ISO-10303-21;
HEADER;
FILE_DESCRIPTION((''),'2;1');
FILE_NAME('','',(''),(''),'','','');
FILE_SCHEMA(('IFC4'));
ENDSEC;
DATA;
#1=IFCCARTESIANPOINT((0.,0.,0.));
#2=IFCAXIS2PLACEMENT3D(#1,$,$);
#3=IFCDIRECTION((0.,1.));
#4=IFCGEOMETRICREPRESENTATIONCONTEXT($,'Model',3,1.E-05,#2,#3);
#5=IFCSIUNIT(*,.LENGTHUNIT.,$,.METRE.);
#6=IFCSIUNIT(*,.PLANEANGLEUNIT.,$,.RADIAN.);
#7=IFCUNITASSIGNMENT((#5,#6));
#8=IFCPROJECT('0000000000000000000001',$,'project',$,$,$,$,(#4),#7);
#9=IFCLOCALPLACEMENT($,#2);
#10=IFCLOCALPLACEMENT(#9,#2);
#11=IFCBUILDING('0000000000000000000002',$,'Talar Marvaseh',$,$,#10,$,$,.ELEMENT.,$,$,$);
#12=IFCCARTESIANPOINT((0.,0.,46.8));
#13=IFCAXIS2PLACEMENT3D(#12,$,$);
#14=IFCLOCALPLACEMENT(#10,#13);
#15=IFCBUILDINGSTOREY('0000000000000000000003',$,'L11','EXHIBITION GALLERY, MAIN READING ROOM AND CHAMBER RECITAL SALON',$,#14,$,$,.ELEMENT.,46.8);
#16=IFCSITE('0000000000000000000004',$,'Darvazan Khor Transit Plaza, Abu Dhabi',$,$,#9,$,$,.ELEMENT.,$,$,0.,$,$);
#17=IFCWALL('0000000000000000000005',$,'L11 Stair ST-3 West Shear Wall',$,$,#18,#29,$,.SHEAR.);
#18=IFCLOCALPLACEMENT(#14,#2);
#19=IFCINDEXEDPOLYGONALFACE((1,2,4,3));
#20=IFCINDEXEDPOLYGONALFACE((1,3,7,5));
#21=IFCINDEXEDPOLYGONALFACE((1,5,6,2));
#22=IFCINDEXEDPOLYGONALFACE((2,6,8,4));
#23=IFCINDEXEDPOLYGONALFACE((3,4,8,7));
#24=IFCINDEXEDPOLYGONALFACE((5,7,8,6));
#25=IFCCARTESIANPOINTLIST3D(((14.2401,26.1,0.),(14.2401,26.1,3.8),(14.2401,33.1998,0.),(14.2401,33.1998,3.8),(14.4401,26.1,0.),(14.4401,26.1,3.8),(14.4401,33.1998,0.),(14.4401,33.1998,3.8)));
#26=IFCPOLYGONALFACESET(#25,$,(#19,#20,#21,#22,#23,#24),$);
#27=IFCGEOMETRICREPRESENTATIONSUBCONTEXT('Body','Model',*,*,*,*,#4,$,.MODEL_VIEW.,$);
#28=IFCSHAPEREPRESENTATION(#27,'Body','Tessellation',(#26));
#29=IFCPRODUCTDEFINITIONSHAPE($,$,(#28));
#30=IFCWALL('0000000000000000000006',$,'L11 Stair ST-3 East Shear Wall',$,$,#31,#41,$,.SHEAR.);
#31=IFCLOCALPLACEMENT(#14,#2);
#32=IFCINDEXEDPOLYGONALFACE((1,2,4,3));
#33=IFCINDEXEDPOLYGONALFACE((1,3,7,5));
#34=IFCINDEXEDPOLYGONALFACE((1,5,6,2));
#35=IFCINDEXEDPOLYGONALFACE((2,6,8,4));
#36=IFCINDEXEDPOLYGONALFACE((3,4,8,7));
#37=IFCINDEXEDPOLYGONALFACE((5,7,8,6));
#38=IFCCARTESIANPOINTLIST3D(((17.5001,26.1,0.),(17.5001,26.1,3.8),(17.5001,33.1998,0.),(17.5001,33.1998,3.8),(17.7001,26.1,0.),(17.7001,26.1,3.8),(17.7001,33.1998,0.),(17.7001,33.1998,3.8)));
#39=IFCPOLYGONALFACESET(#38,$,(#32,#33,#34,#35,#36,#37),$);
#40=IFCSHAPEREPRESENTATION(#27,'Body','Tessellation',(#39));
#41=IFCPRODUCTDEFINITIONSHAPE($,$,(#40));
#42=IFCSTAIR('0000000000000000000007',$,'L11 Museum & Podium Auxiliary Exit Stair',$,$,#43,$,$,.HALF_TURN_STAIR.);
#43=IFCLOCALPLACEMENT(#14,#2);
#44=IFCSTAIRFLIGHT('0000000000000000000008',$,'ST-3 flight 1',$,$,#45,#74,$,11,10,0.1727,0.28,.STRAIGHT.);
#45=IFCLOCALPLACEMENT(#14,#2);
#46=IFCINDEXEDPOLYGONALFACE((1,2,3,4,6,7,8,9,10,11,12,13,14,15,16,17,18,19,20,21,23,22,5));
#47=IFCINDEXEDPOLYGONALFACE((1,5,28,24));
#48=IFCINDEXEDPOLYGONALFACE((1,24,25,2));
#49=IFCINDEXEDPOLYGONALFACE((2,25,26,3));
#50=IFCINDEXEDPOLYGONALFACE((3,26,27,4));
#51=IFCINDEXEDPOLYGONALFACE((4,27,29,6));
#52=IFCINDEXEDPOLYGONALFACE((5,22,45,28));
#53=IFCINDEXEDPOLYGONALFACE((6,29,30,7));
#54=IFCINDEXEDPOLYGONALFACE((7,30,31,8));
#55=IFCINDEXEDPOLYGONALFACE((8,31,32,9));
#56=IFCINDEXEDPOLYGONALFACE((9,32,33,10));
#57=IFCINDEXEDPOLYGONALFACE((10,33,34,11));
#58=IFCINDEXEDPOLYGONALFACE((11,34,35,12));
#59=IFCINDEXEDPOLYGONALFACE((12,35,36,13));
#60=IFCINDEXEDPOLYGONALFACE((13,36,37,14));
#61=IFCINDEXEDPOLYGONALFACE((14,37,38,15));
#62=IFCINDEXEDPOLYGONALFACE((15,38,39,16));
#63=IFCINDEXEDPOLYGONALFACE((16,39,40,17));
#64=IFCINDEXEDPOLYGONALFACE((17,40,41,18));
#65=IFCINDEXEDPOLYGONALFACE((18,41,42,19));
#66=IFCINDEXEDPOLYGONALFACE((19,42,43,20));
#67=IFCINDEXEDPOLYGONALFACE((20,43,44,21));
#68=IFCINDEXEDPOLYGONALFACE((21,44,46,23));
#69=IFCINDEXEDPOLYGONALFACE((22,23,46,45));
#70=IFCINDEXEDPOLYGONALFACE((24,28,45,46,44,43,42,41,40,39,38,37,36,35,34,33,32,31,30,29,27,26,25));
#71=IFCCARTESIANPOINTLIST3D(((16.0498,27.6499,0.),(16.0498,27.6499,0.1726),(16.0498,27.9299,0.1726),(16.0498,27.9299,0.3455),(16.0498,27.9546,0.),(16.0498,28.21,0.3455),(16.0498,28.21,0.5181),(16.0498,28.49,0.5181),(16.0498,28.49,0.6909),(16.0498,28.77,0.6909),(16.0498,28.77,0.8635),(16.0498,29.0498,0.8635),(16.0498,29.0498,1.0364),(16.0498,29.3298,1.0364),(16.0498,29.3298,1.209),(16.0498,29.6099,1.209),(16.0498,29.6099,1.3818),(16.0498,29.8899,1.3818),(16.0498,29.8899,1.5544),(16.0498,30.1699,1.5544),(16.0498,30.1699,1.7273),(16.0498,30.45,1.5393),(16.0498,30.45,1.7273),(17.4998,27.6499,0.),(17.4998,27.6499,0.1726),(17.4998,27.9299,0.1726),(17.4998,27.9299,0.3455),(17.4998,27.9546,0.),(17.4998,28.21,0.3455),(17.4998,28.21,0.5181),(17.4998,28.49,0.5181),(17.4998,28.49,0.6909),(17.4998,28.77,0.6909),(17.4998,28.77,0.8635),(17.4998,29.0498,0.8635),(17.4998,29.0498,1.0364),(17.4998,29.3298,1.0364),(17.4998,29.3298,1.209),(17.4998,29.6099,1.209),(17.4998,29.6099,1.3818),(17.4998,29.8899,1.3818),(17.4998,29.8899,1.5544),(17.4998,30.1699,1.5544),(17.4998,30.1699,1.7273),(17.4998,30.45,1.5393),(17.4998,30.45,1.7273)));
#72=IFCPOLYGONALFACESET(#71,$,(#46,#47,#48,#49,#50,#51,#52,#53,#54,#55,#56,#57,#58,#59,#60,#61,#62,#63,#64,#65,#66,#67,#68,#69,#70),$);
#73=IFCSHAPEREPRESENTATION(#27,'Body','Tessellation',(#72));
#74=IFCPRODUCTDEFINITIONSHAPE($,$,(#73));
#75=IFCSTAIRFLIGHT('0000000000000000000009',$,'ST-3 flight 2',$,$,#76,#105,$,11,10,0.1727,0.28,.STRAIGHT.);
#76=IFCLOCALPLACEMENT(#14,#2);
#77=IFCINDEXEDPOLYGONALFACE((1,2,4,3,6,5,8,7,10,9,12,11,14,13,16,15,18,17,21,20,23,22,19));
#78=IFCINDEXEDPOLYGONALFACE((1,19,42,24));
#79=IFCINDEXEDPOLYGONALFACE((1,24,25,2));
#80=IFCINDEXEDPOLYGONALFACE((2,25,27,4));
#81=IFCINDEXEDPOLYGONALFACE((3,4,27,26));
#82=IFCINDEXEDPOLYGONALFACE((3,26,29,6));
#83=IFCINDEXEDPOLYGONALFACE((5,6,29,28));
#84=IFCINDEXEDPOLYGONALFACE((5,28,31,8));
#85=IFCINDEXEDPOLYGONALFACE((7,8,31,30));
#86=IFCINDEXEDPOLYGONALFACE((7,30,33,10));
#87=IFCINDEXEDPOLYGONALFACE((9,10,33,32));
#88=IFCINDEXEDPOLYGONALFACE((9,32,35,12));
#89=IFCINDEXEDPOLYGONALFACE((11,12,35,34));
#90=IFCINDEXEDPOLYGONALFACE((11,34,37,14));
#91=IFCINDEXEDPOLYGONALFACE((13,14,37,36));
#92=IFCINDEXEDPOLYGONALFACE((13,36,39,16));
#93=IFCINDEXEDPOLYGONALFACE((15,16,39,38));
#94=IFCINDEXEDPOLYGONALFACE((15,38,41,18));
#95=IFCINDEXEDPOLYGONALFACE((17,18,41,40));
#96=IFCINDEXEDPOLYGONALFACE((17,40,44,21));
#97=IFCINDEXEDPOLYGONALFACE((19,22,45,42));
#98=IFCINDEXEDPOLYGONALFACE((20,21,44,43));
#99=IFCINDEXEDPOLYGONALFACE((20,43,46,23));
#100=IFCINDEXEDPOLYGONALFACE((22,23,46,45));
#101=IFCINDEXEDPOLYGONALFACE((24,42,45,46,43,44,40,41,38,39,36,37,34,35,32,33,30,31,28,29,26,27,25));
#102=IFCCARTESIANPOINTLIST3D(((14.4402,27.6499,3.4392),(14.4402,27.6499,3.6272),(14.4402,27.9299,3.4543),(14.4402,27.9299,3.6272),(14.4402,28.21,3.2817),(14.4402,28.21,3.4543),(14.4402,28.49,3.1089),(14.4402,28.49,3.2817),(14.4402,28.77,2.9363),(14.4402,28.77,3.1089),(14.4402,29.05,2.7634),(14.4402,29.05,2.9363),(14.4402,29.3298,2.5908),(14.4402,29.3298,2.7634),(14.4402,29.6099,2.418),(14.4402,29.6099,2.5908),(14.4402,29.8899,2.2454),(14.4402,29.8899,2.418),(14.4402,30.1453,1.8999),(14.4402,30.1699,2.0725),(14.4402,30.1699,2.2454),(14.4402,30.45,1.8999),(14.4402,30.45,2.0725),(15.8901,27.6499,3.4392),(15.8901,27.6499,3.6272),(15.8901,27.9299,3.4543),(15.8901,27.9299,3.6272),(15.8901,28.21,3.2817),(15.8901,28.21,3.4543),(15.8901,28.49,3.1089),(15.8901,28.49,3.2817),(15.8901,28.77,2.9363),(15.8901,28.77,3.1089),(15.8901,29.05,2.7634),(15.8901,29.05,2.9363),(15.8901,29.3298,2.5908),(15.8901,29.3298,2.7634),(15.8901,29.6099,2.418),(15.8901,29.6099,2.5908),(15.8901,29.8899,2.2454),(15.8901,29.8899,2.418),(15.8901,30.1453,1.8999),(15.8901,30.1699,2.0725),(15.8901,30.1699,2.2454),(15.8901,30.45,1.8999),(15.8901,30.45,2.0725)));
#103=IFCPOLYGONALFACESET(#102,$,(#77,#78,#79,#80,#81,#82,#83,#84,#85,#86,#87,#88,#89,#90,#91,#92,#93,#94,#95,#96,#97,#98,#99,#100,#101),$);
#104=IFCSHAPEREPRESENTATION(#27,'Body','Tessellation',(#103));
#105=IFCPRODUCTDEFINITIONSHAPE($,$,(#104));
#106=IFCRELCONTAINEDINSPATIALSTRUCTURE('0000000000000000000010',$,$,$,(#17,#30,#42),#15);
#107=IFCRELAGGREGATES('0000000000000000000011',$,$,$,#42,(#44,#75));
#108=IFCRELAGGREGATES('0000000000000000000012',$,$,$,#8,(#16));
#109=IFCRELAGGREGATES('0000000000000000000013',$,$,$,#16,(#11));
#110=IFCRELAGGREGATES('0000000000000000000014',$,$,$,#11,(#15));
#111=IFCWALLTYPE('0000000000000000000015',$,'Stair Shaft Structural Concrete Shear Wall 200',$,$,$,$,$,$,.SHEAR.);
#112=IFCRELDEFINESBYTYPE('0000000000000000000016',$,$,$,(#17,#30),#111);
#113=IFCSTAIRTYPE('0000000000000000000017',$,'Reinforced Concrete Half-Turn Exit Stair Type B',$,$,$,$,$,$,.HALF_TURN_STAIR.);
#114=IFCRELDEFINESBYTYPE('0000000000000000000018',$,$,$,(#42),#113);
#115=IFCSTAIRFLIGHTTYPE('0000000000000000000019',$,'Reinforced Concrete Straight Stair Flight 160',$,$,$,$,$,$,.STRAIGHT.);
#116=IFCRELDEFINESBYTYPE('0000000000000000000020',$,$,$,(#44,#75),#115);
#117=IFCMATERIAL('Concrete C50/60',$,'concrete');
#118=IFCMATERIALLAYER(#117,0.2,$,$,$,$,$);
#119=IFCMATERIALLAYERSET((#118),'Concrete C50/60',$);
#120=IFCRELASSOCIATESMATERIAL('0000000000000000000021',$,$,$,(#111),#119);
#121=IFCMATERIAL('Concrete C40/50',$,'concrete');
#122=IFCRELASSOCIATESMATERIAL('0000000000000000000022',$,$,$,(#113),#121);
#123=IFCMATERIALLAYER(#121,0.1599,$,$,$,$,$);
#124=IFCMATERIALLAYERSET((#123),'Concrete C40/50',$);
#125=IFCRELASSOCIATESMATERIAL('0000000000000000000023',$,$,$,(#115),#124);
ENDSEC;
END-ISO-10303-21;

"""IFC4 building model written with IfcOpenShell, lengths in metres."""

from ifc_helpers import new_model, si_unit, direction, frame, frame_2d, origin, place, context, subcontext, project, spatial, polyline, rectangle, outline, extrude, material, layer, layer_set, type_object, element, aggregate, save


model = new_model("IFC4")

# Units and contexts
model_context = context("Model", 3, precision=1e-05, world=origin(), true_north=direction((0.0, 1.0)))
body_context = subcontext(model_context, "Body", "Model", "MODEL_VIEW")
ifc_project = project(units=[si_unit("LENGTHUNIT", "METRE"), si_unit("PLANEANGLEUNIT", "RADIAN")], contexts=[model_context])

# Site, building, storey
site_placement = place(None, origin())
site = spatial("IfcSite", under=ifc_project, at=site_placement, Name="Darvazan Khor Transit Plaza, Abu Dhabi", CompositionType="ELEMENT", RefElevation=0.0)
building_placement = place(site_placement, origin())
building = spatial("IfcBuilding", under=site, at=building_placement, Name="Talar Marvaseh", CompositionType="ELEMENT")
storey_placement = place(building_placement, frame((0.0, 0.0, 46.8)))
storey = spatial("IfcBuildingStorey", under=building, at=storey_placement, Name="L11", Description="EXHIBITION GALLERY, MAIN READING ROOM AND CHAMBER RECITAL SALON", CompositionType="ELEMENT", Elevation=46.8)

# Shared definitions
ifc_material_1 = material(Name="Concrete C40/50", Category="concrete")

# Shared definitions
ifc_material_2 = material(Name="Concrete C50/60", Category="concrete")
ifc_layer_1 = layer(ifc_material_2, 0.2)
ifc_layer_set_1 = layer_set([ifc_layer_1], Name="Concrete C50/60")
wall_type_1 = type_object("IfcWallType", Name="Stair Shaft Structural Concrete Shear Wall 200", PredefinedType="SHEAR", material=ifc_layer_set_1)

# Walls
for number, where, z_axis, x_axis, name in (
    (1, (14.3401, 26.1001, 0.0), (0.0, 0.0, 1.0), (0.0, 1.0, 0.0), "L11 Stair ST-3 West Shear Wall"),
    (2, (17.6001, 26.1001, 0.0), (0.0, 0.0, 1.0), (0.0, 1.0, 0.0), "L11 Stair ST-3 East Shear Wall"),
):
    element("IfcWall", number, at=place(storey_placement, frame(where, z_axis=z_axis, x_axis=x_axis)), inside=storey, type_object=wall_type_1, Name=name, PredefinedType="SHEAR", context=body_context, shape_type="SweptSolid", body=[
        extrude(rectangle(XDim=7.0999, YDim=0.2, at=frame_2d((3.5498, 0.0))), origin(), (0.0, 0.0, 1.0), 3.8),
    ])

# Stair, stair flights
stair_type = type_object("IfcStairType", Name="Reinforced Concrete Half-Turn Exit Stair Type B", PredefinedType="HALF_TURN_STAIR", material=ifc_material_1)
stair_placement = place(storey_placement, origin())
stair = element("IfcStair", 3, at=stair_placement, inside=storey, type_object=stair_type, Name="L11 Museum & Podium Auxiliary Exit Stair", PredefinedType="HALF_TURN_STAIR")
ifc_layer_2 = layer(ifc_material_1, 0.1599)
ifc_layer_set_2 = layer_set([ifc_layer_2], Name="Concrete C40/50")
stair_flight_type = type_object("IfcStairFlightType", Name="Reinforced Concrete Straight Stair Flight 160", PredefinedType="STRAIGHT", material=ifc_layer_set_2)
stair_flight_1_placement = place(storey_placement, frame((16.7749, 27.6499, 0.0), z_axis=(0.0, 0.0, 1.0), x_axis=(0.0, 1.0, 0.0)))
stair_flight_1 = element("IfcStairFlight", 4, at=stair_flight_1_placement, type_object=stair_flight_type, Name="ST-3 flight 1", NumberOfRisers=11, NumberOfTreads=10, PredefinedType="STRAIGHT", RiserHeight=0.1727, TreadLength=0.28, context=body_context, shape_type="SweptSolid", body=[
    extrude(outline(polyline([(0.0, 0.0), (0.0, 0.1726), (0.28, 0.1726), (0.28, 0.3455), (0.5601, 0.3455), (0.5601, 0.5181), (0.8401, 0.5181), (0.8401, 0.6909), (1.1201, 0.6909), (1.1201, 0.8635), (1.3999, 0.8635), (1.3999, 1.0364), (1.6799, 1.0364), (1.6799, 1.209), (1.96, 1.209), (1.96, 1.3818), (2.24, 1.3818), (2.24, 1.5544), (2.52, 1.5544), (2.52, 1.7273), (2.8, 1.7273), (2.8, 1.8999), (2.8, 1.5393), (0.3047, 0.0), (0.0, 0.0)])), frame((0.0, 0.7251, 0.0), z_axis=(0.0, -1.0, 0.0), x_axis=(1.0, 0.0, 0.0)), (0.0, 0.0, 1.0), 1.45),
])
stair_flight_2_placement = place(storey_placement, frame((15.165, 30.45, 1.8999), z_axis=(0.0, 0.0, 1.0), x_axis=(0.0, -1.0, 0.0)))
stair_flight_2 = element("IfcStairFlight", 5, at=stair_flight_2_placement, type_object=stair_flight_type, Name="ST-3 flight 2", NumberOfRisers=11, NumberOfTreads=10, PredefinedType="STRAIGHT", RiserHeight=0.1727, TreadLength=0.28, context=body_context, shape_type="SweptSolid", body=[
    extrude(outline(polyline([(0.0, 0.0), (0.0, 0.1726), (0.28, 0.1726), (0.28, 0.3455), (0.5601, 0.3455), (0.5601, 0.5181), (0.8401, 0.5181), (0.8401, 0.6909), (1.1201, 0.6909), (1.1201, 0.8635), (1.3999, 0.8635), (1.3999, 1.0364), (1.6799, 1.0364), (1.6799, 1.209), (1.96, 1.209), (1.96, 1.3818), (2.24, 1.3818), (2.24, 1.5544), (2.52, 1.5544), (2.52, 1.7273), (2.8, 1.7273), (2.8, 1.8999), (2.8, 1.5393), (0.3047, 0.0), (0.0, 0.0)])), frame((0.0, 0.7251, 0.0), z_axis=(0.0, -1.0, 0.0), x_axis=(1.0, 0.0, 0.0)), (0.0, 0.0, 1.0), 1.45),
])
aggregate(stair, [stair_flight_1, stair_flight_2])

save(model, "model.ifc")
